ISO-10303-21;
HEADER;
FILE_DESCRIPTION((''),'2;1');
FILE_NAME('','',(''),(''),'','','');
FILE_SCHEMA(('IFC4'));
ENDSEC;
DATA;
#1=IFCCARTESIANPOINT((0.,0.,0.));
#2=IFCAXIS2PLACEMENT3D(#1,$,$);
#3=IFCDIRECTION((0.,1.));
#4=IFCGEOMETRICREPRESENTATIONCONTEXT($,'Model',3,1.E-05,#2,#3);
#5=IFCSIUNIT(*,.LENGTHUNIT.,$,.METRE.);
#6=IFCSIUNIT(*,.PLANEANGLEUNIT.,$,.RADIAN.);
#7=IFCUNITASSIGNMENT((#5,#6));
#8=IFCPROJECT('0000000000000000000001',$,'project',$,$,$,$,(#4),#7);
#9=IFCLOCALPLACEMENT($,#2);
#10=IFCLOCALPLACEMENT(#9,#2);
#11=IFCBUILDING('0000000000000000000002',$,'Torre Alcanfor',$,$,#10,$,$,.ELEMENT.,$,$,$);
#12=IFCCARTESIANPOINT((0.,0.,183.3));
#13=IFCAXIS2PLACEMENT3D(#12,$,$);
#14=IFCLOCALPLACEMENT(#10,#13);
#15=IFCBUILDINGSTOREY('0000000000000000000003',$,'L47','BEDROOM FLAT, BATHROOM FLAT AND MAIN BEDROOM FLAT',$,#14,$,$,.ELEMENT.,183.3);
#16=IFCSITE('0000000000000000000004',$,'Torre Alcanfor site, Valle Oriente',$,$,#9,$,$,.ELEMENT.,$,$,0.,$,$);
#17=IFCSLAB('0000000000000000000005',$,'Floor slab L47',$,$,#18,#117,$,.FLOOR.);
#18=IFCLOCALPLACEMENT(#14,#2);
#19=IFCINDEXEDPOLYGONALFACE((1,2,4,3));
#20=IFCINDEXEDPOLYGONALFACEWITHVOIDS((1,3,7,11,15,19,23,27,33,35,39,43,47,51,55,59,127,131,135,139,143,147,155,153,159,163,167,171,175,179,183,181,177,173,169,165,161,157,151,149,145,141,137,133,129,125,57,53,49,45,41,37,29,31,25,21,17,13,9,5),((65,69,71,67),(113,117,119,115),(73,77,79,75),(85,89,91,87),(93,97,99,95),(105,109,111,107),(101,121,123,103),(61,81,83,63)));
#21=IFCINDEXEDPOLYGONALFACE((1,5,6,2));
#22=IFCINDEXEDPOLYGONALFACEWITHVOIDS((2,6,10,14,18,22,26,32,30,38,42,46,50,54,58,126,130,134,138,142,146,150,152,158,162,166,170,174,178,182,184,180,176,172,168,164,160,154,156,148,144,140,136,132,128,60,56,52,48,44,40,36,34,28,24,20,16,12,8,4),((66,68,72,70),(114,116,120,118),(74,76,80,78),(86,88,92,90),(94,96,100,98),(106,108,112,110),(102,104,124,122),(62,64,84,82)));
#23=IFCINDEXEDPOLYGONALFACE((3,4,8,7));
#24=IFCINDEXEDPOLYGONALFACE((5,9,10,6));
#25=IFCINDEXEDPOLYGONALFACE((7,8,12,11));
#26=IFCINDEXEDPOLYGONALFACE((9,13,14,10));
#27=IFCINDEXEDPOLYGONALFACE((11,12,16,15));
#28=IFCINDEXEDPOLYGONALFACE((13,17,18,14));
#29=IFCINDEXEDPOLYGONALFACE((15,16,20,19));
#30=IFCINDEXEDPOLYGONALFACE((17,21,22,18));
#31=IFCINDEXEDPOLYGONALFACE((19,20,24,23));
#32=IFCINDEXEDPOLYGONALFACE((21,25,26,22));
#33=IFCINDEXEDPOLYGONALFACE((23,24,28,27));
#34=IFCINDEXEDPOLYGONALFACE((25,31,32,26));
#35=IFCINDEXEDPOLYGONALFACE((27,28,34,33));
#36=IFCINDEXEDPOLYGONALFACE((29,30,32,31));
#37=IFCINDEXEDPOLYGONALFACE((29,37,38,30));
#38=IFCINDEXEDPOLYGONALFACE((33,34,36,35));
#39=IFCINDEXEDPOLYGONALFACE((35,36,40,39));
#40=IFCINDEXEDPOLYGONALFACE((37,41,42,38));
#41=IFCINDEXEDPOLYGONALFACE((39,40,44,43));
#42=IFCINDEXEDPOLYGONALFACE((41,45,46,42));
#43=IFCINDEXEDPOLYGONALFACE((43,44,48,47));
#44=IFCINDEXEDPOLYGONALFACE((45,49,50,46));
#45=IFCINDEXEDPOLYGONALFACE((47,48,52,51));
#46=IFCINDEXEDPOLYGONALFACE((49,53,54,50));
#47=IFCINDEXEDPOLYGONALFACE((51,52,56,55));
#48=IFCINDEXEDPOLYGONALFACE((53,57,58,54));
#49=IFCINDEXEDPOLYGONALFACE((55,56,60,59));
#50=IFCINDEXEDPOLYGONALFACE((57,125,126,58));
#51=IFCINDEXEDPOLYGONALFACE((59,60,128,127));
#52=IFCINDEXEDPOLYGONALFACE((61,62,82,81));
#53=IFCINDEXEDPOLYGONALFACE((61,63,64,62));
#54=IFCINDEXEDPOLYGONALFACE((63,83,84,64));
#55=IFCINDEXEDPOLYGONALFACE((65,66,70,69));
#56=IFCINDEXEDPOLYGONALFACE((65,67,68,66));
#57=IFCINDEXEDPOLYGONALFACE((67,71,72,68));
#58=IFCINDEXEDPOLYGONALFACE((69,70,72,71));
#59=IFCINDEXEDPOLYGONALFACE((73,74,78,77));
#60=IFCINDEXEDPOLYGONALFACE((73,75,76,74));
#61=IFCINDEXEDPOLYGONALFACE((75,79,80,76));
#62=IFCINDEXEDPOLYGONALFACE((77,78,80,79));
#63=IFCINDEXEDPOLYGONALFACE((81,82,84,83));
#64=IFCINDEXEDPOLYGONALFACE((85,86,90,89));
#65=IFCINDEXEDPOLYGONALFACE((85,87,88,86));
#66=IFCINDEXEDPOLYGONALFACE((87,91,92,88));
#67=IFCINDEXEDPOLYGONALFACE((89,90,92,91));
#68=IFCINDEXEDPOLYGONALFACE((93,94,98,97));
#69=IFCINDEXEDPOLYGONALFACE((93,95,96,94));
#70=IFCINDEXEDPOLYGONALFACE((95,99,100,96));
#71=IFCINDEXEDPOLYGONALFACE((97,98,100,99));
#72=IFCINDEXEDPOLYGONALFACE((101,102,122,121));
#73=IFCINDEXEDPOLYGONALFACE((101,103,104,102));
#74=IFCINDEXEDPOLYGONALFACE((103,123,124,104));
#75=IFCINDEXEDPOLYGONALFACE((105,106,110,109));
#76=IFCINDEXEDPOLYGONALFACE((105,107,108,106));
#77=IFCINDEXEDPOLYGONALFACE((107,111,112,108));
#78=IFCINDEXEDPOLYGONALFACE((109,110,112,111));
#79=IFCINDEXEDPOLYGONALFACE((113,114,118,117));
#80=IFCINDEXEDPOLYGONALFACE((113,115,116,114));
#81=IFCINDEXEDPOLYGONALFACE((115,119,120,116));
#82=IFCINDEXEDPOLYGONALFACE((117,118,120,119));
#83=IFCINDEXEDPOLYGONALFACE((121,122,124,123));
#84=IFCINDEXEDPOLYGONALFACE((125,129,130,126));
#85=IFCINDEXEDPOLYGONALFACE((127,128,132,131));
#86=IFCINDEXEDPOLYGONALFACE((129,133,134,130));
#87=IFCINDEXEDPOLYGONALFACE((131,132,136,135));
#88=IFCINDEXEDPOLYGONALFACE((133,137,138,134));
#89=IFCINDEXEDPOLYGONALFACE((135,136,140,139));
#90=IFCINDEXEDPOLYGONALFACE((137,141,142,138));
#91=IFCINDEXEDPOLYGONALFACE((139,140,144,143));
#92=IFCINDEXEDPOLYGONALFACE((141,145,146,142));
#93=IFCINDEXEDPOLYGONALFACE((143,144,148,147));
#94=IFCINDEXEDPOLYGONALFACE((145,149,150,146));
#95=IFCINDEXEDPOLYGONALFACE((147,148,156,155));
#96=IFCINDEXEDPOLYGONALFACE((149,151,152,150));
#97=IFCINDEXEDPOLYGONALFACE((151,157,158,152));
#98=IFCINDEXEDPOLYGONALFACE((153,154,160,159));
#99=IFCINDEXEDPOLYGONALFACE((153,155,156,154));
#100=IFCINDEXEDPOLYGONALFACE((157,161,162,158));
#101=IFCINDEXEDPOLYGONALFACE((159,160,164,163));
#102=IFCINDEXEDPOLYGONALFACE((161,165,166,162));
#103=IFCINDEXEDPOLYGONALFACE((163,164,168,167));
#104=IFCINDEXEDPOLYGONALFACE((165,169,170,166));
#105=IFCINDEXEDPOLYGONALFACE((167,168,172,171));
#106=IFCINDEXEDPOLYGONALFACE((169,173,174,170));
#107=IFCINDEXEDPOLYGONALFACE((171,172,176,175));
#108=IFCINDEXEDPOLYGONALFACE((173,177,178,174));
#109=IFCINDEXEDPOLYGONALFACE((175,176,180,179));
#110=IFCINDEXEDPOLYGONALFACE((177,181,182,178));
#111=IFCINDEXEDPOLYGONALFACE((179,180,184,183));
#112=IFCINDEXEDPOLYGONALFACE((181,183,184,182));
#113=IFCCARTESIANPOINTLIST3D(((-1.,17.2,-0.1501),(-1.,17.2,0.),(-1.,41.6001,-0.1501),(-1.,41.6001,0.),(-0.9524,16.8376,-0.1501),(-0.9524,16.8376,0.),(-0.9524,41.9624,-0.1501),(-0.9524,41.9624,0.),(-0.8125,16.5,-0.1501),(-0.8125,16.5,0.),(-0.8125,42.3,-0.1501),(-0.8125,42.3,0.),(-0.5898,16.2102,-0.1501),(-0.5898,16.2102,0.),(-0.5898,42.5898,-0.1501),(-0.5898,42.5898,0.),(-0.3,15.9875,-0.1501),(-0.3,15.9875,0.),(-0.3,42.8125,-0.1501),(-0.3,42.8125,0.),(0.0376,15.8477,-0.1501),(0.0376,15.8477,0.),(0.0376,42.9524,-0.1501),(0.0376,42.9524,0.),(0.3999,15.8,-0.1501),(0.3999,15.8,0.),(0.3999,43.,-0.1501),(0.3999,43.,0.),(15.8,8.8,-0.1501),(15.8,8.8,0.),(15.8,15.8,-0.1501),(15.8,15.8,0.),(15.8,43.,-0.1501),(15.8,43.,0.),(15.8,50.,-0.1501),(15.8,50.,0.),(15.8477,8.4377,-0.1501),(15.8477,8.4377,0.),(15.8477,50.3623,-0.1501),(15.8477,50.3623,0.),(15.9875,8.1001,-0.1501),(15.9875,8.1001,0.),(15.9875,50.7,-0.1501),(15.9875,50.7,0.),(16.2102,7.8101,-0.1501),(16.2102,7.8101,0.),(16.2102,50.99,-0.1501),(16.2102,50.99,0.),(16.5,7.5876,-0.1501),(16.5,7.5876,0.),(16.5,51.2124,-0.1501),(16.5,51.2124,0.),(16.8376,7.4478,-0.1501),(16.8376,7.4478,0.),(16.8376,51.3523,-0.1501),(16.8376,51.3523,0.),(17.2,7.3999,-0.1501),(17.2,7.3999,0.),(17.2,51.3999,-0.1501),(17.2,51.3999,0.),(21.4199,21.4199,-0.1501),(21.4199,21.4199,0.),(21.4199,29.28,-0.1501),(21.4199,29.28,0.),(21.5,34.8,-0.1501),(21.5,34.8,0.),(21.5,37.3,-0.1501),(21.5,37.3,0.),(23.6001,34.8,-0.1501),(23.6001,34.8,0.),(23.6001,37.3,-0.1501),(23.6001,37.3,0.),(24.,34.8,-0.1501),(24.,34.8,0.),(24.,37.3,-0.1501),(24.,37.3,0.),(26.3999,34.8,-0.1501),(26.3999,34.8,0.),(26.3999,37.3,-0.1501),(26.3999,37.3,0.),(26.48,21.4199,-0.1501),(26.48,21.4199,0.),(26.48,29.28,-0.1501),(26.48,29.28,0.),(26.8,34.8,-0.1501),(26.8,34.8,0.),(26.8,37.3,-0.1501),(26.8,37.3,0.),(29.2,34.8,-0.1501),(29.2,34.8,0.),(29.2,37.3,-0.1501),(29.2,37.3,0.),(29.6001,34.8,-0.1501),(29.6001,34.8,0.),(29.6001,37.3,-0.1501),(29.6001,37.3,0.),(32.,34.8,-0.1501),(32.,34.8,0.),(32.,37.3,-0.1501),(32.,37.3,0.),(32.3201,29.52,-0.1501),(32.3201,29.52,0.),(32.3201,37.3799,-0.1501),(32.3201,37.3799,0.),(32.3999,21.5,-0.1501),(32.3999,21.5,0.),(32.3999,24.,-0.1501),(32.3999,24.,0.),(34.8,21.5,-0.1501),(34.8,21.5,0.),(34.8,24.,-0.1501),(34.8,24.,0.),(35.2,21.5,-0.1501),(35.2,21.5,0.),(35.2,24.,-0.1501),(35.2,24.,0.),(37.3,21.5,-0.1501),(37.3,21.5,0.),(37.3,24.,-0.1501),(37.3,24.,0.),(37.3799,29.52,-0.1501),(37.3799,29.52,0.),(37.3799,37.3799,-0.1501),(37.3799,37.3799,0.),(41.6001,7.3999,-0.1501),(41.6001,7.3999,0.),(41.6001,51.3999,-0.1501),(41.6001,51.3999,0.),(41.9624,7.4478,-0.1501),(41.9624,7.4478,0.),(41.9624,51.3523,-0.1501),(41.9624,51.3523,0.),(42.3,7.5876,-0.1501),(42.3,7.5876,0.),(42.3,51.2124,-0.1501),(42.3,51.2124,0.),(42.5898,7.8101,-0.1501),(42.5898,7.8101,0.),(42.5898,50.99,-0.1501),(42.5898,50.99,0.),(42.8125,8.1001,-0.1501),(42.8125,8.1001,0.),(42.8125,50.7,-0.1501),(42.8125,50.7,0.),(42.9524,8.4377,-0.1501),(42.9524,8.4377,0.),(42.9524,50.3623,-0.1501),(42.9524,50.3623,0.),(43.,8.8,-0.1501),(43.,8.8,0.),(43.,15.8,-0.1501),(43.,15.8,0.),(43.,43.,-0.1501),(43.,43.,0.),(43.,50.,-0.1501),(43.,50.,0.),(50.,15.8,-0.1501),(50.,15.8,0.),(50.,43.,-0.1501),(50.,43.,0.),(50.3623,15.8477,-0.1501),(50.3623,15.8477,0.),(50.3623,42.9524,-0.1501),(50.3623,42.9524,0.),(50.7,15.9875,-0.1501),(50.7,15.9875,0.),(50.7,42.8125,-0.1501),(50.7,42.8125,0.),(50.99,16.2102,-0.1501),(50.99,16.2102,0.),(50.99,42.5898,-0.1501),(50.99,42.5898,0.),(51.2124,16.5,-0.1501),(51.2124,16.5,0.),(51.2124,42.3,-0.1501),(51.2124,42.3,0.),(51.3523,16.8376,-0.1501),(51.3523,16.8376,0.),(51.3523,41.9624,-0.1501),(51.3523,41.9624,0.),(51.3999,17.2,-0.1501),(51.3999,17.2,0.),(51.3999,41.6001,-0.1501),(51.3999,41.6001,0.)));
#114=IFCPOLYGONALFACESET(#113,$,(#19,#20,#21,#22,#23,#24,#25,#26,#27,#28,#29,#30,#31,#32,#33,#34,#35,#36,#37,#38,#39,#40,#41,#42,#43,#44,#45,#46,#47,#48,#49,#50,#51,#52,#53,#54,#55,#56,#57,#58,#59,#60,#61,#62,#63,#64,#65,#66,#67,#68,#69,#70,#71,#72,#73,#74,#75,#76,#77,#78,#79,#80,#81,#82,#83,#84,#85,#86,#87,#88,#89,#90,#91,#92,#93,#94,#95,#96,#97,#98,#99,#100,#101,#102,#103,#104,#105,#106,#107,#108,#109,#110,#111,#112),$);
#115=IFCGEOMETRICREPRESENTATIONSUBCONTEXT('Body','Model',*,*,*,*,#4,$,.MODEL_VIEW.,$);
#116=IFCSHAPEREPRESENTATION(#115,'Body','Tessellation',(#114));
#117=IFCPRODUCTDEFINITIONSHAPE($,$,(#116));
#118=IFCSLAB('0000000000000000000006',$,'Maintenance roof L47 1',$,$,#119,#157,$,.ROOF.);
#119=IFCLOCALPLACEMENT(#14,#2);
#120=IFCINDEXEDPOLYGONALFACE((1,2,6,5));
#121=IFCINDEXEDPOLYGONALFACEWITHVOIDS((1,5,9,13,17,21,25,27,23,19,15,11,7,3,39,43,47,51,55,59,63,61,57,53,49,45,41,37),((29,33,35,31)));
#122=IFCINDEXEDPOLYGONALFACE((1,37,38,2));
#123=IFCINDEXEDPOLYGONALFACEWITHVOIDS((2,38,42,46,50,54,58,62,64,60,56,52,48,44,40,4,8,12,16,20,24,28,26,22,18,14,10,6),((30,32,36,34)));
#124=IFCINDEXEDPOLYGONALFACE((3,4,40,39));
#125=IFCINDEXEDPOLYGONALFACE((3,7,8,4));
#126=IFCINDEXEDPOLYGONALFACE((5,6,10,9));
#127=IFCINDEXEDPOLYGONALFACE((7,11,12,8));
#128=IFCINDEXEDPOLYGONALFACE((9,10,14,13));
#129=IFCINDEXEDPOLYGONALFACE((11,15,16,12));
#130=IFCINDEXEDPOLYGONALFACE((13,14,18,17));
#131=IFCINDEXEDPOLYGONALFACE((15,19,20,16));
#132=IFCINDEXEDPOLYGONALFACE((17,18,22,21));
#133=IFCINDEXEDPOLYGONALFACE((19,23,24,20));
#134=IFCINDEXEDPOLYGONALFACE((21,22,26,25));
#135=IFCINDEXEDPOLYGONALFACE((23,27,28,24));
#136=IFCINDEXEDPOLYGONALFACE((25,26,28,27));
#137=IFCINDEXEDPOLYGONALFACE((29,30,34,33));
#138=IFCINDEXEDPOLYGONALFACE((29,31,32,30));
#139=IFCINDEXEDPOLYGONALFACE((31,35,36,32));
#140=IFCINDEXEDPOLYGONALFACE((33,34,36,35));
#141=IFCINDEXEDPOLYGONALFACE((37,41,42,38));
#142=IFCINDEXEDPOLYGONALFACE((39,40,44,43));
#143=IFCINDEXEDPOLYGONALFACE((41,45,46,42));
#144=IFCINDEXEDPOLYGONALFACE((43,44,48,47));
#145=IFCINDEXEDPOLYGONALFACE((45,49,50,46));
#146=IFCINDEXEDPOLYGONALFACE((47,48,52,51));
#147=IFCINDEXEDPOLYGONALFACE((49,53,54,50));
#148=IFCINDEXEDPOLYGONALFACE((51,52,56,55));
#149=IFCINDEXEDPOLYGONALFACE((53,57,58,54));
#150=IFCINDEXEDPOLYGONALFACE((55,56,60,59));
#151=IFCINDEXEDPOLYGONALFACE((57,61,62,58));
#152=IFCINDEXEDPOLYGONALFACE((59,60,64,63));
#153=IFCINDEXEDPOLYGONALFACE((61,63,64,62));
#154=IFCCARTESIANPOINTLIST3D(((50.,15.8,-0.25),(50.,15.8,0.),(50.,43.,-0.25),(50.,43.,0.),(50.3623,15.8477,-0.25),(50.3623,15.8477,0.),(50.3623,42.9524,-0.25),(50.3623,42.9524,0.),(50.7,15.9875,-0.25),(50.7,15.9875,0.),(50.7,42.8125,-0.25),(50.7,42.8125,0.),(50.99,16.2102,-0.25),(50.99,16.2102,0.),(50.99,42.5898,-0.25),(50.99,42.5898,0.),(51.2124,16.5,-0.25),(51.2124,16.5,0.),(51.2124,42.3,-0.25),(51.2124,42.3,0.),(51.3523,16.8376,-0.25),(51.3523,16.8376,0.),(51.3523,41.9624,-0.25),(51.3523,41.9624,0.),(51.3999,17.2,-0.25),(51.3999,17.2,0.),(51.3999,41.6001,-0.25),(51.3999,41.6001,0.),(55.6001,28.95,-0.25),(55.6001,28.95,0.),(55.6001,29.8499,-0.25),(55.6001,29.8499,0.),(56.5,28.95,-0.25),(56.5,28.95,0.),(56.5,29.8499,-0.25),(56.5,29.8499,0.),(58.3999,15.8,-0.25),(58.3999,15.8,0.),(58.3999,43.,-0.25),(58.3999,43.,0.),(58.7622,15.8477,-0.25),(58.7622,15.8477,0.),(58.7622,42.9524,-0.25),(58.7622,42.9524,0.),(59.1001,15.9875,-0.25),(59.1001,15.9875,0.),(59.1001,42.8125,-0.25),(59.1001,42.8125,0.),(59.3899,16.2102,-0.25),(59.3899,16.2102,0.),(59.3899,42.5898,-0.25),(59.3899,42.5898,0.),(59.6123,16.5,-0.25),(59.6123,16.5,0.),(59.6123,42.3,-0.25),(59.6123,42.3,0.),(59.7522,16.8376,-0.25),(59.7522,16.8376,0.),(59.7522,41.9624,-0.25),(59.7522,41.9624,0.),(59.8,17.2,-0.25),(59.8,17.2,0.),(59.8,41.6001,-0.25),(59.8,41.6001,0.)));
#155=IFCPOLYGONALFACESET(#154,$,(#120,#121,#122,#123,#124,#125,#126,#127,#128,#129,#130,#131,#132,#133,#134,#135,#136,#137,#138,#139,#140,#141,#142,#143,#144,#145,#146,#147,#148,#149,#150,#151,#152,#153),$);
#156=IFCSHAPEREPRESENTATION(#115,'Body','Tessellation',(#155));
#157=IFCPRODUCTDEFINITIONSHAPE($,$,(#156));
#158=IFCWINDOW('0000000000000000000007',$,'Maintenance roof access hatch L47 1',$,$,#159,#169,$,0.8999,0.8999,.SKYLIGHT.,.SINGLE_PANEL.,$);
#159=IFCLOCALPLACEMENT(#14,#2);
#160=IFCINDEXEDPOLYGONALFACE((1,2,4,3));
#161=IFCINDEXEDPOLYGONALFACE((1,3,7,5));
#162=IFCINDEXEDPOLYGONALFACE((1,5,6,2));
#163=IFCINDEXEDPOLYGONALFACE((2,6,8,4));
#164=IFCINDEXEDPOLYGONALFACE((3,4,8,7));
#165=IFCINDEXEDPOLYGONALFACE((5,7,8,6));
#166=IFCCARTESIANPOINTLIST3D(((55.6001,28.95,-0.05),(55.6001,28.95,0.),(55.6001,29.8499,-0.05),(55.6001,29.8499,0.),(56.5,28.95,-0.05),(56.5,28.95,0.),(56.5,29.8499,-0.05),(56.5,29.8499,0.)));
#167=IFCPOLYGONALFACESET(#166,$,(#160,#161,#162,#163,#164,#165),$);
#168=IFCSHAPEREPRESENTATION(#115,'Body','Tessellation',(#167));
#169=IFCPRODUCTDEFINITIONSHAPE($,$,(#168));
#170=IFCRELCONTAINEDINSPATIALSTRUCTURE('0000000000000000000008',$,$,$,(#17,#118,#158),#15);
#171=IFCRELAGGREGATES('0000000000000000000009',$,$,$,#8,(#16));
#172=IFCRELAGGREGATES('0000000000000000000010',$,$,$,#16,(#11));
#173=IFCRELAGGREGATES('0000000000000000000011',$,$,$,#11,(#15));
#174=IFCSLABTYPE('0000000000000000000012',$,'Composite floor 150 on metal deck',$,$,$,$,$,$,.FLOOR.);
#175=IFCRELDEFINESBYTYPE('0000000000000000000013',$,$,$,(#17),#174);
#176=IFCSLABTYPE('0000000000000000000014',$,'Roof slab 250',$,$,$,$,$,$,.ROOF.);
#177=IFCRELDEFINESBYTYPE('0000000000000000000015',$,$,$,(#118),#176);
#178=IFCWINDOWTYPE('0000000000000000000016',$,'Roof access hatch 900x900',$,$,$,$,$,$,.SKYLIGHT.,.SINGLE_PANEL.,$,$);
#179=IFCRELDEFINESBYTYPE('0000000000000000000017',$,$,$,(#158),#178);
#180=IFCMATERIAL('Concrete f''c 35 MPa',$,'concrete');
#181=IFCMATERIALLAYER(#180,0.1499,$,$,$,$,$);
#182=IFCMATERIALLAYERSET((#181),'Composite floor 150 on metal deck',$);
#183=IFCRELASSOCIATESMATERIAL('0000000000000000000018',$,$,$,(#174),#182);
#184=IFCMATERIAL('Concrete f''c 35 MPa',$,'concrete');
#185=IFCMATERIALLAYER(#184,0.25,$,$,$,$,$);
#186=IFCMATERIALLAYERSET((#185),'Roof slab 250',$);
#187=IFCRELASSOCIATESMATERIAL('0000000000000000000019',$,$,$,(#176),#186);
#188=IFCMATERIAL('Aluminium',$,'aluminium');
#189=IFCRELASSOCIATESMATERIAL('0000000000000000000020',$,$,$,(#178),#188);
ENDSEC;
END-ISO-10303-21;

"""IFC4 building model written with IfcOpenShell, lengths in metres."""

from ifc_helpers import new_model, si_unit, direction, frame, origin, origin_2d, place, context, subcontext, project, spatial, polyline, rectangle, outline, extrude, material, layer, layer_set, type_object, element, fill, save


model = new_model("IFC4")

# Units and contexts
model_context = context("Model", 3, precision=1e-05, world=origin(), true_north=direction((0.0, 1.0)))
body_context = subcontext(model_context, "Body", "Model", "MODEL_VIEW")
ifc_project = project(units=[si_unit("LENGTHUNIT", "METRE"), si_unit("PLANEANGLEUNIT", "RADIAN")], contexts=[model_context])

# Site, building, storey
site_placement = place(None, origin())
site = spatial("IfcSite", under=ifc_project, at=site_placement, Name="Torre Alcanfor site, Valle Oriente", CompositionType="ELEMENT", RefElevation=0.0)
building_placement = place(site_placement, origin())
building = spatial("IfcBuilding", under=site, at=building_placement, Name="Torre Alcanfor", CompositionType="ELEMENT")
storey_placement = place(building_placement, frame((0.0, 0.0, 183.3)))
storey = spatial("IfcBuildingStorey", under=building, at=storey_placement, Name="L47", Description="BEDROOM FLAT, BATHROOM FLAT AND MAIN BEDROOM FLAT", CompositionType="ELEMENT", Elevation=183.3)

# Slab
ifc_material_1 = material(Name="Concrete f'c 35 MPa", Category="concrete")
ifc_layer_1 = layer(ifc_material_1, 0.1499)
ifc_layer_set_1 = layer_set([ifc_layer_1], Name="Composite floor 150 on metal deck")
slab_type_1 = type_object("IfcSlabType", Name="Composite floor 150 on metal deck", PredefinedType="FLOOR", material=ifc_layer_set_1)
slab_1_placement = place(storey_placement, frame((0.0, 0.0, -0.1501)))
element("IfcSlab", 1, at=slab_1_placement, inside=storey, type_object=slab_type_1, Name="Floor slab L47", PredefinedType="FLOOR", context=body_context, shape_type="SweptSolid", body=[
    extrude(outline(polyline([(15.8, 43.0), (0.3999, 43.0), (0.0376, 42.9524), (-0.3, 42.8125), (-0.5898, 42.5898), (-0.8125, 42.3), (-0.9524, 41.9624), (-1.0, 41.6001), (-1.0, 17.2), (-0.9524, 16.8376), (-0.8125, 16.5), (-0.5898, 16.2102), (-0.3, 15.9875), (0.0376, 15.8477), (0.3999, 15.8), (15.8, 15.8), (15.8, 8.8), (15.8477, 8.4377), (15.9875, 8.1001), (16.2102, 7.8101), (16.5, 7.5876), (16.8376, 7.4478), (17.2, 7.3999), (41.6001, 7.3999), (41.9624, 7.4478), (42.3, 7.5876), (42.5898, 7.8101), (42.8125, 8.1001), (42.9524, 8.4377), (43.0, 8.8), (43.0, 15.8), (50.0, 15.8), (50.3623, 15.8477), (50.7, 15.9875), (50.99, 16.2102), (51.2124, 16.5), (51.3523, 16.8376), (51.3999, 17.2), (51.3999, 41.6001), (51.3523, 41.9624), (51.2124, 42.3), (50.99, 42.5898), (50.7, 42.8125), (50.3623, 42.9524), (50.0, 43.0), (43.0, 43.0), (43.0, 50.0), (42.9524, 50.3623), (42.8125, 50.7), (42.5898, 50.99), (42.3, 51.2124), (41.9624, 51.3523), (41.6001, 51.3999), (17.2, 51.3999), (16.8376, 51.3523), (16.5, 51.2124), (16.2102, 50.99), (15.9875, 50.7), (15.8477, 50.3623), (15.8, 50.0), (15.8, 43.0)]), holes=[polyline([(21.4199, 21.4199), (26.48, 21.4199), (26.48, 29.28), (21.4199, 29.28), (21.4199, 21.4199)]), polyline([(32.3201, 29.52), (37.3799, 29.52), (37.3799, 37.3799), (32.3201, 37.3799), (32.3201, 29.52)]), polyline([(32.3999, 21.5), (34.8, 21.5), (34.8, 24.0), (32.3999, 24.0), (32.3999, 21.5)]), polyline([(35.2, 21.5), (37.3, 21.5), (37.3, 24.0), (35.2, 24.0), (35.2, 21.5)]), polyline([(21.5, 34.8), (23.6001, 34.8), (23.6001, 37.3), (21.5, 37.3), (21.5, 34.8)]), polyline([(24.0, 34.8), (26.3999, 34.8), (26.3999, 37.3), (24.0, 37.3), (24.0, 34.8)]), polyline([(26.8, 34.8), (29.2, 34.8), (29.2, 37.3), (26.8, 37.3), (26.8, 34.8)]), polyline([(29.6001, 34.8), (32.0, 34.8), (32.0, 37.3), (29.6001, 37.3), (29.6001, 34.8)])]), origin(), (0.0, 0.0, 1.0), 0.1501),
])

# Slab, opening, window
ifc_material_2 = material(Name="Concrete f'c 35 MPa", Category="concrete")
ifc_layer_2 = layer(ifc_material_2, 0.25)
ifc_layer_set_2 = layer_set([ifc_layer_2], Name="Roof slab 250")
slab_type_2 = type_object("IfcSlabType", Name="Roof slab 250", PredefinedType="ROOF", material=ifc_layer_set_2)
slab_2_placement = place(storey_placement, frame((0.0, 0.0, -0.25)))
slab_2 = element("IfcSlab", 2, at=slab_2_placement, inside=storey, type_object=slab_type_2, Name="Maintenance roof L47 1", PredefinedType="ROOF", context=body_context, shape_type="SweptSolid", body=[
    extrude(outline(polyline([(50.0, 43.0), (50.3623, 42.9524), (50.7, 42.8125), (50.99, 42.5898), (51.2124, 42.3), (51.3523, 41.9624), (51.3999, 41.6001), (51.3999, 17.2), (51.3523, 16.8376), (51.2124, 16.5), (50.99, 16.2102), (50.7, 15.9875), (50.3623, 15.8477), (50.0, 15.8), (58.3999, 15.8), (58.7622, 15.8477), (59.1001, 15.9875), (59.3899, 16.2102), (59.6123, 16.5), (59.7522, 16.8376), (59.8, 17.2), (59.8, 41.6001), (59.7522, 41.9624), (59.6123, 42.3), (59.3899, 42.5898), (59.1001, 42.8125), (58.7622, 42.9524), (58.3999, 43.0), (50.0, 43.0)])), origin(), (0.0, 0.0, 1.0), 0.25),
])
opening_1_placement = place(slab_2_placement, frame((56.05, 29.3999, 0.0)))
opening_1 = element("IfcOpeningElement", 3, at=opening_1_placement, cuts=slab_2, PredefinedType="OPENING", context=body_context, shape_type="SweptSolid", body=[
    extrude(rectangle(XDim=0.8999, YDim=0.8999, at=origin_2d()), origin(), (0.0, 0.0, 1.0), 0.25),
])
ifc_material_3 = material(Name="Aluminium", Category="aluminium")
window_type_1 = type_object("IfcWindowType", Name="Roof access hatch 900x900", PartitioningType="SINGLE_PANEL", PredefinedType="SKYLIGHT", material=ifc_material_3)
window_1_placement = place(opening_1_placement, frame((0.0, 0.0, 0.2)))
window_1 = element("IfcWindow", 4, at=window_1_placement, inside=storey, type_object=window_type_1, Name="Maintenance roof access hatch L47 1", OverallHeight=0.8999, OverallWidth=0.8999, PartitioningType="SINGLE_PANEL", PredefinedType="SKYLIGHT", context=body_context, shape_type="SweptSolid", body=[
    extrude(rectangle(XDim=0.8999, YDim=0.8999, at=origin_2d()), origin(), (0.0, 0.0, 1.0), 0.05),
])
fill(opening_1, window_1)

save(model, "model.ifc")
